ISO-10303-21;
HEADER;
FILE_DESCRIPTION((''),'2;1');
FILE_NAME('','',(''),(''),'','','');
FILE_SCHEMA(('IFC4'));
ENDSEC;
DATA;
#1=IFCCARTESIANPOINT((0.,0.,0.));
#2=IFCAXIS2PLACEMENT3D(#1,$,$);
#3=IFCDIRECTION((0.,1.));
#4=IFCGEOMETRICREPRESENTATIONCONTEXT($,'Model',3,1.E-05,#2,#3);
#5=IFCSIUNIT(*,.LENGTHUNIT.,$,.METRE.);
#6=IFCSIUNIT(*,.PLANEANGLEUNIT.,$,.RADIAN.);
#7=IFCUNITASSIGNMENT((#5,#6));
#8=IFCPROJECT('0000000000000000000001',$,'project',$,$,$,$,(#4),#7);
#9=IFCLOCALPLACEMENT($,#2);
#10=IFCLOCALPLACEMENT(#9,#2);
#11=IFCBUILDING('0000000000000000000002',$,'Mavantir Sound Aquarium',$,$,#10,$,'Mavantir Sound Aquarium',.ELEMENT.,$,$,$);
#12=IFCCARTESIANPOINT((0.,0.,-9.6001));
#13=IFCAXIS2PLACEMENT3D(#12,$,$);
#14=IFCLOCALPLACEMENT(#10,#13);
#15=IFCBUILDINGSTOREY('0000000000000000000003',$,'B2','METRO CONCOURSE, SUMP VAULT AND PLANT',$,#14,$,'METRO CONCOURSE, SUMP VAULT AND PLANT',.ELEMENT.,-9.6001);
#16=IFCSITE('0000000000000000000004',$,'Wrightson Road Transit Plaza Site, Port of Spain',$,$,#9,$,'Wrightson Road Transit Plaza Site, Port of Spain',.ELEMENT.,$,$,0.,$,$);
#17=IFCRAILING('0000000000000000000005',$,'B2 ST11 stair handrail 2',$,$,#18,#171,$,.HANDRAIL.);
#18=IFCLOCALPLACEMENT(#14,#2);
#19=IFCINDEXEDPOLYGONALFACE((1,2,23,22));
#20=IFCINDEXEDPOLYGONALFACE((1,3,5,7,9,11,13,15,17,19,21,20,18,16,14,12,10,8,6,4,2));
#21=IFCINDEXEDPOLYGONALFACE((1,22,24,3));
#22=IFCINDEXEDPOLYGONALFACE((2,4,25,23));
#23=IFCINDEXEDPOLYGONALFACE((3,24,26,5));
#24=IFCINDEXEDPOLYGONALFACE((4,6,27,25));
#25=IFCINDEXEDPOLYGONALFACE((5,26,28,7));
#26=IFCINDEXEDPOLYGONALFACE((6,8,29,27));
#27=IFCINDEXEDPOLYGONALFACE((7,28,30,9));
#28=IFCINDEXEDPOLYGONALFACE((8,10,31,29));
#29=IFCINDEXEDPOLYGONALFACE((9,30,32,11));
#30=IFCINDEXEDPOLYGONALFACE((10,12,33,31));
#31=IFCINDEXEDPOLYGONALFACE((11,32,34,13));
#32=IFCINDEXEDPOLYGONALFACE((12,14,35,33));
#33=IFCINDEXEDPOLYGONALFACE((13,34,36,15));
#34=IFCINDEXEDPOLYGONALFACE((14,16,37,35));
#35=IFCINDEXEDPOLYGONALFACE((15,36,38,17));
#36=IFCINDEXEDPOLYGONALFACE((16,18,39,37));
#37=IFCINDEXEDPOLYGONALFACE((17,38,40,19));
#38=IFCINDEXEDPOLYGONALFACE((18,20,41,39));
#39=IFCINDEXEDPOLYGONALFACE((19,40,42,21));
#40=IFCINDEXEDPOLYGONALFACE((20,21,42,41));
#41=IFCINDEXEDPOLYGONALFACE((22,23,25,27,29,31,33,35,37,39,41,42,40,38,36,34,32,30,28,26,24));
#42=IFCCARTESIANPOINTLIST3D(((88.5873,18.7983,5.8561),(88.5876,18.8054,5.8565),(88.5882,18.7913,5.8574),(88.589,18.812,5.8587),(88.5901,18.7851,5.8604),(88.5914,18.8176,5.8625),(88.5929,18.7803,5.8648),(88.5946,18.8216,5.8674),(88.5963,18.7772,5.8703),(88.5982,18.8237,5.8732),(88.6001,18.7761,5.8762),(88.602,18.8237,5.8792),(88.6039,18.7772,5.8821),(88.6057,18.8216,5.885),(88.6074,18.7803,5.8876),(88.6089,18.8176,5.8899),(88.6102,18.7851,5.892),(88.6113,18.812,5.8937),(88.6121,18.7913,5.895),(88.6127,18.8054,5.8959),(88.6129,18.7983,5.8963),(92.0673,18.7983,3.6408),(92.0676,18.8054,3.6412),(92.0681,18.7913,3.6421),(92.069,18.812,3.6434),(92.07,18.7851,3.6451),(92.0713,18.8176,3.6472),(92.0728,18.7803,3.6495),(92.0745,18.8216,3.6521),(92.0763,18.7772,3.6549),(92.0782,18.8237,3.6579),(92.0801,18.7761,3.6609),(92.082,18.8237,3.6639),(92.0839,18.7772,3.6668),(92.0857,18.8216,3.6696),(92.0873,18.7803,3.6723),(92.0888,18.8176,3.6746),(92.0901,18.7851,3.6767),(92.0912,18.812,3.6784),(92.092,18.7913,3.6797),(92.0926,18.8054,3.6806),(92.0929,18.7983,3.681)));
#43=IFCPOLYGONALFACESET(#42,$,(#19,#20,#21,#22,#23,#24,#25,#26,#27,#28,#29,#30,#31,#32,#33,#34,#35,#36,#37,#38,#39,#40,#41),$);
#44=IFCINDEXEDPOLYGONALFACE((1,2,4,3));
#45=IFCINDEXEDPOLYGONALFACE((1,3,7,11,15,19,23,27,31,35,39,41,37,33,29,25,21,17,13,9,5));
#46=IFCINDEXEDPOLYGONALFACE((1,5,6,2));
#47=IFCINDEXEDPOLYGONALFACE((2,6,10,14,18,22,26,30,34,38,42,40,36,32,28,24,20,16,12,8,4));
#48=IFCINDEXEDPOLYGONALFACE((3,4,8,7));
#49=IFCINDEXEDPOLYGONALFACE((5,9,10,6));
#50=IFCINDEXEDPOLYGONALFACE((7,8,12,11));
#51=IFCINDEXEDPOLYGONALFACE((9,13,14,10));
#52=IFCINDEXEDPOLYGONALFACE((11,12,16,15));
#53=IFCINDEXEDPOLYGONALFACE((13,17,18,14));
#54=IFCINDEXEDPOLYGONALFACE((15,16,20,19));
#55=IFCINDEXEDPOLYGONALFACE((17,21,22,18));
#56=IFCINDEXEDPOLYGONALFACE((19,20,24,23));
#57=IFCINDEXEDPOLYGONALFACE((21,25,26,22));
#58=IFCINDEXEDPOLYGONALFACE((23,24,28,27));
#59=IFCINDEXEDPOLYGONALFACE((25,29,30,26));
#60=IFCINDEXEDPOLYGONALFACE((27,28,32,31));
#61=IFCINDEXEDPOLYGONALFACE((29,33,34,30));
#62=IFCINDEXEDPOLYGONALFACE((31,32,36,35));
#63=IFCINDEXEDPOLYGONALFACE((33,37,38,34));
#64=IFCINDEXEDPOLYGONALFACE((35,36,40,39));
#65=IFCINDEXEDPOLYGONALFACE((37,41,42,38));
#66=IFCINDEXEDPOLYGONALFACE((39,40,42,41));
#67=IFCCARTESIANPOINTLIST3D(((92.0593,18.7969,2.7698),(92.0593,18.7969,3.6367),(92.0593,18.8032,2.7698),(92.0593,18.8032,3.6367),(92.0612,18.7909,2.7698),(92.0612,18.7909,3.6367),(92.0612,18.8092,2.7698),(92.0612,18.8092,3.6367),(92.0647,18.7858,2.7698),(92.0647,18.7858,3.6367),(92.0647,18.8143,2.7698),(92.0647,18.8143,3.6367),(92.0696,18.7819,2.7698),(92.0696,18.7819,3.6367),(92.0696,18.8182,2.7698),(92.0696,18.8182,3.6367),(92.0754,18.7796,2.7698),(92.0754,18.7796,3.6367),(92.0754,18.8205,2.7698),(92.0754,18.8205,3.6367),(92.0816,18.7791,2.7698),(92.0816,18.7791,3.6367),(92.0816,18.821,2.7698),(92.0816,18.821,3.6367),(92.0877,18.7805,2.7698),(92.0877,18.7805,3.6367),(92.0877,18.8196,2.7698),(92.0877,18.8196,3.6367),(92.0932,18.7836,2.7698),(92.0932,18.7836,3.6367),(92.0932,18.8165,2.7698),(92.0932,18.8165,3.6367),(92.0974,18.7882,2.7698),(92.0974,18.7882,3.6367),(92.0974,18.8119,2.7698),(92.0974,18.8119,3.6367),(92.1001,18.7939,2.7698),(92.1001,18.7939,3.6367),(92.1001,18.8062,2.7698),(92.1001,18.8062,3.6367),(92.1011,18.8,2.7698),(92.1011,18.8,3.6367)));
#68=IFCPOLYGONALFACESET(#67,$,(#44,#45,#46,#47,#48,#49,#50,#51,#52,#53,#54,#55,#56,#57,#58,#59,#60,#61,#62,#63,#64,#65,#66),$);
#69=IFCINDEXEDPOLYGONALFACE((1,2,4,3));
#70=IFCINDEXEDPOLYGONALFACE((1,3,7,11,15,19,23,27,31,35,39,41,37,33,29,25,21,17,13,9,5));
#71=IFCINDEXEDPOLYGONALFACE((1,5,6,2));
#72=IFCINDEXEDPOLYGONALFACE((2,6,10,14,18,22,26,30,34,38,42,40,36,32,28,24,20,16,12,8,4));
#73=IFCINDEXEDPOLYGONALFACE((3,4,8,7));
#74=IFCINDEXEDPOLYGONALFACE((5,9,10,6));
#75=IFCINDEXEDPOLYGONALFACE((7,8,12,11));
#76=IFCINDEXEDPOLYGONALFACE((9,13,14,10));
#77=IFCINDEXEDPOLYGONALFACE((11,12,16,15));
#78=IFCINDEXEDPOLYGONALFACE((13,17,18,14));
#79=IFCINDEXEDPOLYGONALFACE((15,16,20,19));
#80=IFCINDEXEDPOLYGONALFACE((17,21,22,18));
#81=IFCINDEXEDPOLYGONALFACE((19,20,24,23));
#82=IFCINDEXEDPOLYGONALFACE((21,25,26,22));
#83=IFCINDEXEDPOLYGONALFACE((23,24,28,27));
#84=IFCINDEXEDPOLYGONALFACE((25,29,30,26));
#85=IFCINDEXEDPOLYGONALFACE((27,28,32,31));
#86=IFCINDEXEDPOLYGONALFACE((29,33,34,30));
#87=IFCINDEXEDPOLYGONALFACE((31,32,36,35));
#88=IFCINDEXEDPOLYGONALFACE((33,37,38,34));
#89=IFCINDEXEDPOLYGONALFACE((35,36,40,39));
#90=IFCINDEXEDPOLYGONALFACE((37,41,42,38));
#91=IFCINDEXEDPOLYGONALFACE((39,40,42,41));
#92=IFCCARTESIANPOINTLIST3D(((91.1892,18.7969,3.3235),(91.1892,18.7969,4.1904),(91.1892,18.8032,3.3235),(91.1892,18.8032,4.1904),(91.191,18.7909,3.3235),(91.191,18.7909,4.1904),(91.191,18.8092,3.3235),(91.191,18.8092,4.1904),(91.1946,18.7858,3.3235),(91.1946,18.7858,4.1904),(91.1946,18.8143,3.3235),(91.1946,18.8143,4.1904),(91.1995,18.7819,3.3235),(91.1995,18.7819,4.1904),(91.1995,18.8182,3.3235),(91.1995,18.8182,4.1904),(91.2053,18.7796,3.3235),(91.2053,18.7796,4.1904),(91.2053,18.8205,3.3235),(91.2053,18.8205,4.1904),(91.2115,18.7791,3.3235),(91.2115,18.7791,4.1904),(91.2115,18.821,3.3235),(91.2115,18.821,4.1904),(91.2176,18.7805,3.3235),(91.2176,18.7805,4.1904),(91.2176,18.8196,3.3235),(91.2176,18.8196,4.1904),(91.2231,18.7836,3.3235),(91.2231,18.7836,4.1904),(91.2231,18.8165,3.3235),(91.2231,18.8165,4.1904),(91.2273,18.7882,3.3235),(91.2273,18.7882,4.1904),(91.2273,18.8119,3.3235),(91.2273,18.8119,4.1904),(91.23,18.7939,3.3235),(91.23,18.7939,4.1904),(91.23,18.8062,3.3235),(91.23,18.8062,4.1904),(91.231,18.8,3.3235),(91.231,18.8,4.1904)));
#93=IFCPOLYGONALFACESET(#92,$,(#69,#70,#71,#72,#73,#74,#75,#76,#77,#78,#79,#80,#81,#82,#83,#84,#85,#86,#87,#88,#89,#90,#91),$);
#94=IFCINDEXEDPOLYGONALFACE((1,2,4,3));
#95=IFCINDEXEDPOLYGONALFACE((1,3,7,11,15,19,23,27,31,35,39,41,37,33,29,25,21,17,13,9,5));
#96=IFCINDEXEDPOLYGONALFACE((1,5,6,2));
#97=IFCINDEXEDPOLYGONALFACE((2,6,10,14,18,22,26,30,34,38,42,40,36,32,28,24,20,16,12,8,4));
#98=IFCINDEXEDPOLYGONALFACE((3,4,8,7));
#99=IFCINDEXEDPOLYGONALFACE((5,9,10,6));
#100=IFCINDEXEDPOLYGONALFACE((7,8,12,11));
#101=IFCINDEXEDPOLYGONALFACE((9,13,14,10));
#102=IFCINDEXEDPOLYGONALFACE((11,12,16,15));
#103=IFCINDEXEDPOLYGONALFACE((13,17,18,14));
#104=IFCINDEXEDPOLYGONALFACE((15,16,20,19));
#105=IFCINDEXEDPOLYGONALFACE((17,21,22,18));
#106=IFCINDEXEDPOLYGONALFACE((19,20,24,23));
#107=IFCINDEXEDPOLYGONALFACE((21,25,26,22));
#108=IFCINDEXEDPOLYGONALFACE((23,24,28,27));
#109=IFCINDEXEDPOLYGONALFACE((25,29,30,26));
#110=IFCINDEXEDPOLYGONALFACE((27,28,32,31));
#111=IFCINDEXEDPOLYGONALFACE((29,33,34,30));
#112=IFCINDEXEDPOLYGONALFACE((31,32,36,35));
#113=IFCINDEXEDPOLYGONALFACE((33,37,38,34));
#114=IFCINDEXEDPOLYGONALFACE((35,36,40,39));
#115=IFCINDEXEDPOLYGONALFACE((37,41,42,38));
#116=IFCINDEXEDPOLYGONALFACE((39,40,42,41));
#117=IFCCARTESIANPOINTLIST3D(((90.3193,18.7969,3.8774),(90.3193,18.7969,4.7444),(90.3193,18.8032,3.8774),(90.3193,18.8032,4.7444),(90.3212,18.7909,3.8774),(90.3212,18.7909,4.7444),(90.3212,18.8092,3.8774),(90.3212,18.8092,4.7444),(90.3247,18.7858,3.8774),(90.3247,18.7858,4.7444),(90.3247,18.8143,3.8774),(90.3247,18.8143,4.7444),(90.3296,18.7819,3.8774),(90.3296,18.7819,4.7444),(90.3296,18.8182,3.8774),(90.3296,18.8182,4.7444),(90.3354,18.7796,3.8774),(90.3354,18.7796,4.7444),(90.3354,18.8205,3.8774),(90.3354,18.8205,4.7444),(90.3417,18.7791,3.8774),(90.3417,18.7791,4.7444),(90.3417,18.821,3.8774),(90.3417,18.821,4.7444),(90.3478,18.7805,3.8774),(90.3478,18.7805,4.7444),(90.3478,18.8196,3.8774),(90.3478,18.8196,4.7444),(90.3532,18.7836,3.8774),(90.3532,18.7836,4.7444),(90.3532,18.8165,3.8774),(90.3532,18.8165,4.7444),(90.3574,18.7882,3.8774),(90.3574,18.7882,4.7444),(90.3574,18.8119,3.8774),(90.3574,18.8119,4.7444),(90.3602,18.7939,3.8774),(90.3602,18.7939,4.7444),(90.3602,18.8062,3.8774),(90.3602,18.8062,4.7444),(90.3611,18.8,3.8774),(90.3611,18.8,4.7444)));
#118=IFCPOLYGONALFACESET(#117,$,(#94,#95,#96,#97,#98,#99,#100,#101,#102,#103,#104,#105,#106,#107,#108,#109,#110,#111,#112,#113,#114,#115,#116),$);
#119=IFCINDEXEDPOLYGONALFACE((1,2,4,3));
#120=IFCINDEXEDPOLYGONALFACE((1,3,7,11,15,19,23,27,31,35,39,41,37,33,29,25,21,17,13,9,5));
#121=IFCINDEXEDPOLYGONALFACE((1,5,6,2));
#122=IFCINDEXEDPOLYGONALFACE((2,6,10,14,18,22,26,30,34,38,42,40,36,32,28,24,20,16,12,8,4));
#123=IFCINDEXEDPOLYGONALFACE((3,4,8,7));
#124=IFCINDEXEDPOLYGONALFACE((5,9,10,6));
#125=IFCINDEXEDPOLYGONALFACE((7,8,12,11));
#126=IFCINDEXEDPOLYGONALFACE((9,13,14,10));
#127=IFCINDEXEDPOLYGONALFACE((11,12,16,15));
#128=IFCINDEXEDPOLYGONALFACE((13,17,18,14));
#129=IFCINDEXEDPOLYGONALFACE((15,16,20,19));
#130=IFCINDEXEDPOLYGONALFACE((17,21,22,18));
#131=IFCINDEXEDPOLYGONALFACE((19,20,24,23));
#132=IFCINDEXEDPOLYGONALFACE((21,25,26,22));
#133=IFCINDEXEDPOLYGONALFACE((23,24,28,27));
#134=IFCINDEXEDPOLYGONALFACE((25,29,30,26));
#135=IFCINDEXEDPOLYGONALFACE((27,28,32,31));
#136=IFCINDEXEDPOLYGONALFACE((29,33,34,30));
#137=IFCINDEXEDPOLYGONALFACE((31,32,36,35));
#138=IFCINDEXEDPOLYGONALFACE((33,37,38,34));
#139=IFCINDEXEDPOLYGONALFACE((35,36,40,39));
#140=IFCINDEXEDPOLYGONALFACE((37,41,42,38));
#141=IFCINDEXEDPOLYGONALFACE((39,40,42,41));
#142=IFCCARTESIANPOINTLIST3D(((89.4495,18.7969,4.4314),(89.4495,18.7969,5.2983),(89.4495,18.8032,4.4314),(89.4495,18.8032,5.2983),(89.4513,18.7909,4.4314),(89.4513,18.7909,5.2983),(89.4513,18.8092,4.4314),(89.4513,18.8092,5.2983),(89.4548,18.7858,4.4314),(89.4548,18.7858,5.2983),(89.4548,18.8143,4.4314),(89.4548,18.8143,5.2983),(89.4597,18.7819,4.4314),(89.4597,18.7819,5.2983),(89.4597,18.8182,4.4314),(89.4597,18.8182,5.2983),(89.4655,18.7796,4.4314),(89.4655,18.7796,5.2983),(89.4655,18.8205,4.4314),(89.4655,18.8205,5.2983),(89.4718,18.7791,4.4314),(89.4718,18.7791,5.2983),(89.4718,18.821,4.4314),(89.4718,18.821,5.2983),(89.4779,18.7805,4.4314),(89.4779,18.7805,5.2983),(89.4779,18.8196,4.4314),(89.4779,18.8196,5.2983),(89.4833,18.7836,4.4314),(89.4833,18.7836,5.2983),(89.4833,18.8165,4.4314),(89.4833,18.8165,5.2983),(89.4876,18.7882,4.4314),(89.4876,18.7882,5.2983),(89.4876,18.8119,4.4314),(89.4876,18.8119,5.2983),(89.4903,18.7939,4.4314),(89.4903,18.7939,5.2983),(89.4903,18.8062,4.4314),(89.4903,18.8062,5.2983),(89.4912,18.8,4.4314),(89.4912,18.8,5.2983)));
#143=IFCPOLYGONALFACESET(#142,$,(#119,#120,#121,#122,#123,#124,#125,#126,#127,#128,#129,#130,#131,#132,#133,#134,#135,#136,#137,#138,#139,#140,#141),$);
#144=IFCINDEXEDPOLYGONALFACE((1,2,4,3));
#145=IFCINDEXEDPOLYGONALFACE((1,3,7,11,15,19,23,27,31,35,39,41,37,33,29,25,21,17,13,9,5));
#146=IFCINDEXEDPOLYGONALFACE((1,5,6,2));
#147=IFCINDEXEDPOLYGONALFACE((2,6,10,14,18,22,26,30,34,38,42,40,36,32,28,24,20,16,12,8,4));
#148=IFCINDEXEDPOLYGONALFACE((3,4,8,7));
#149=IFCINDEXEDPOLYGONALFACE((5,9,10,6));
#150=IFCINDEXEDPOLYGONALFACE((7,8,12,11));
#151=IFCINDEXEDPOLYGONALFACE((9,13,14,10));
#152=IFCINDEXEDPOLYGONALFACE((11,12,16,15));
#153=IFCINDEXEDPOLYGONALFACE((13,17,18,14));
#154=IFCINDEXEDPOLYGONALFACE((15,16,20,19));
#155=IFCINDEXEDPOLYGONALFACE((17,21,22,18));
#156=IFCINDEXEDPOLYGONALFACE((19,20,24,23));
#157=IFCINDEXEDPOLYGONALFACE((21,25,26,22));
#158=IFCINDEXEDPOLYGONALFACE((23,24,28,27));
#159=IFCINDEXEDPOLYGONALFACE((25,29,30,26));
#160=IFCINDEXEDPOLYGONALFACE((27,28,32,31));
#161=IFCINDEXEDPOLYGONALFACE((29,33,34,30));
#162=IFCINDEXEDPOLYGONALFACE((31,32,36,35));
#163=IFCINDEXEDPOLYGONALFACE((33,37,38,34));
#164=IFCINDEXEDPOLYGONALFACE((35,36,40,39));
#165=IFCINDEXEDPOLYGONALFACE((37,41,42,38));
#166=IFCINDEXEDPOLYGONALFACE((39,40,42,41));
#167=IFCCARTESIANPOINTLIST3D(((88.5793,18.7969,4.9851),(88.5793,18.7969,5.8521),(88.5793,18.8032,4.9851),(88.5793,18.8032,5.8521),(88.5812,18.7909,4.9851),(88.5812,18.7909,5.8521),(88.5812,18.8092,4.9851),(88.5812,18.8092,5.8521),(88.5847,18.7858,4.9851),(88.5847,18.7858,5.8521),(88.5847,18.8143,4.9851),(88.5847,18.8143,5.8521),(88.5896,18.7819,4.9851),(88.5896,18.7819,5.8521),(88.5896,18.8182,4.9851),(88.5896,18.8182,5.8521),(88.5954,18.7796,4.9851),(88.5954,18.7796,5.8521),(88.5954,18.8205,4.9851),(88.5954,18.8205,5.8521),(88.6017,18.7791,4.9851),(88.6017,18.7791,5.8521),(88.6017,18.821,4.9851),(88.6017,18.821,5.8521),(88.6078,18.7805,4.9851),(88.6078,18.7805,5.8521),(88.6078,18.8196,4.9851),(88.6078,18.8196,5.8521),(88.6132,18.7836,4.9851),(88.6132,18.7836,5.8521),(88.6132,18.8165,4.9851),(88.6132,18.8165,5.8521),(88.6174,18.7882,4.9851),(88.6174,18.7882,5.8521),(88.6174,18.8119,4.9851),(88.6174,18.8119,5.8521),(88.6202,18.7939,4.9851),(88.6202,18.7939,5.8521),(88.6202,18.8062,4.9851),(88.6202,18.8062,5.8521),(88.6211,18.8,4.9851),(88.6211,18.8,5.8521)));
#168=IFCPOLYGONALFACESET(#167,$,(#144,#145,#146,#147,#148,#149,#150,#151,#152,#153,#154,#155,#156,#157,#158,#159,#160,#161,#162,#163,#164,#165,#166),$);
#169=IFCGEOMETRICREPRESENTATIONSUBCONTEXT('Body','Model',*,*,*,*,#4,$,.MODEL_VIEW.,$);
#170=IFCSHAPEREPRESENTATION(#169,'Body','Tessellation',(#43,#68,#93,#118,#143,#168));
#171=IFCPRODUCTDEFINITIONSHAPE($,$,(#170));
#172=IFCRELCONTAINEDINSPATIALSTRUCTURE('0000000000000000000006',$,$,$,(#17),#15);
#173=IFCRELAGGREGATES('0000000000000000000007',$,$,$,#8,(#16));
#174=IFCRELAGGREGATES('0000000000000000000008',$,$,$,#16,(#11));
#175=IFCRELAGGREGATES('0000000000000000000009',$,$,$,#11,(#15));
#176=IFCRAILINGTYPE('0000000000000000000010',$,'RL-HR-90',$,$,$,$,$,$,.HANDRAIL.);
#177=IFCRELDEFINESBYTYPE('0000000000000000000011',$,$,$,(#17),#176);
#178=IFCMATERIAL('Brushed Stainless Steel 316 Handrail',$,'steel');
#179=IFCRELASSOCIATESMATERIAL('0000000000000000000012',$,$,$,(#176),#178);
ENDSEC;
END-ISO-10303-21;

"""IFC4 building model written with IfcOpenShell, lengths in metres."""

from ifc_helpers import new_model, si_unit, direction, frame, origin, origin_2d, place, context, subcontext, project, spatial, circle, extrude, material, type_object, element, save


model = new_model("IFC4")

# Units and contexts
model_context = context("Model", 3, precision=1e-05, world=origin(), true_north=direction((0.0, 1.0)))
body_context = subcontext(model_context, "Body", "Model", "MODEL_VIEW")
ifc_project = project(units=[si_unit("LENGTHUNIT", "METRE"), si_unit("PLANEANGLEUNIT", "RADIAN")], contexts=[model_context])

# Site, building, storey
site_placement = place(None, origin())
site = spatial("IfcSite", under=ifc_project, at=site_placement, Name="Wrightson Road Transit Plaza Site, Port of Spain", LongName="Wrightson Road Transit Plaza Site, Port of Spain", CompositionType="ELEMENT", RefElevation=0.0)
building_placement = place(site_placement, origin())
building = spatial("IfcBuilding", under=site, at=building_placement, Name="Mavantir Sound Aquarium", LongName="Mavantir Sound Aquarium", CompositionType="ELEMENT")
storey_placement = place(building_placement, frame((0.0, 0.0, -9.6001)))
storey = spatial("IfcBuildingStorey", under=building, at=storey_placement, Name="B2", Description="METRO CONCOURSE, SUMP VAULT AND PLANT", LongName="METRO CONCOURSE, SUMP VAULT AND PLANT", CompositionType="ELEMENT", Elevation=-9.6001)

# Railing
ifc_material_1 = material(Name="Brushed Stainless Steel 316 Handrail", Category="steel")
railing_type_1 = type_object("IfcRailingType", Name="RL-HR-90", PredefinedType="HANDRAIL", material=ifc_material_1)
railing_1_placement = place(storey_placement, frame((92.0801, 18.8, 2.7698)))
element("IfcRailing", 1, at=railing_1_placement, inside=storey, type_object=railing_type_1, Name="B2 ST11 stair handrail 2", PredefinedType="HANDRAIL", context=body_context, shape_type="SweptSolid", body=[
    extrude(circle(Radius=0.0239, at=origin_2d()), frame((0.0, 0.0, 0.8911), z_axis=(-0.843574, 0.0, 0.537013), x_axis=(0.0, -1.0, 0.0)), (0.0, 0.0, 1.0), 4.1252),
    extrude(circle(Radius=0.021, at=origin_2d()), origin(), (0.0, 0.0, 1.0), 0.8669),
    extrude(circle(Radius=0.021, at=origin_2d()), frame((-0.8701, 0.0, 0.5537)), (0.0, 0.0, 1.0), 0.8669),
    extrude(circle(Radius=0.021, at=origin_2d()), frame((-1.74, 0.0, 1.1077)), (0.0, 0.0, 1.0), 0.8669),
    extrude(circle(Radius=0.021, at=origin_2d()), frame((-2.6099, 0.0, 1.6616)), (0.0, 0.0, 1.0), 0.8669),
    extrude(circle(Radius=0.021, at=origin_2d()), frame((-3.48, 0.0, 2.2153)), (0.0, 0.0, 1.0), 0.8669),
])

save(model, "model.ifc")
